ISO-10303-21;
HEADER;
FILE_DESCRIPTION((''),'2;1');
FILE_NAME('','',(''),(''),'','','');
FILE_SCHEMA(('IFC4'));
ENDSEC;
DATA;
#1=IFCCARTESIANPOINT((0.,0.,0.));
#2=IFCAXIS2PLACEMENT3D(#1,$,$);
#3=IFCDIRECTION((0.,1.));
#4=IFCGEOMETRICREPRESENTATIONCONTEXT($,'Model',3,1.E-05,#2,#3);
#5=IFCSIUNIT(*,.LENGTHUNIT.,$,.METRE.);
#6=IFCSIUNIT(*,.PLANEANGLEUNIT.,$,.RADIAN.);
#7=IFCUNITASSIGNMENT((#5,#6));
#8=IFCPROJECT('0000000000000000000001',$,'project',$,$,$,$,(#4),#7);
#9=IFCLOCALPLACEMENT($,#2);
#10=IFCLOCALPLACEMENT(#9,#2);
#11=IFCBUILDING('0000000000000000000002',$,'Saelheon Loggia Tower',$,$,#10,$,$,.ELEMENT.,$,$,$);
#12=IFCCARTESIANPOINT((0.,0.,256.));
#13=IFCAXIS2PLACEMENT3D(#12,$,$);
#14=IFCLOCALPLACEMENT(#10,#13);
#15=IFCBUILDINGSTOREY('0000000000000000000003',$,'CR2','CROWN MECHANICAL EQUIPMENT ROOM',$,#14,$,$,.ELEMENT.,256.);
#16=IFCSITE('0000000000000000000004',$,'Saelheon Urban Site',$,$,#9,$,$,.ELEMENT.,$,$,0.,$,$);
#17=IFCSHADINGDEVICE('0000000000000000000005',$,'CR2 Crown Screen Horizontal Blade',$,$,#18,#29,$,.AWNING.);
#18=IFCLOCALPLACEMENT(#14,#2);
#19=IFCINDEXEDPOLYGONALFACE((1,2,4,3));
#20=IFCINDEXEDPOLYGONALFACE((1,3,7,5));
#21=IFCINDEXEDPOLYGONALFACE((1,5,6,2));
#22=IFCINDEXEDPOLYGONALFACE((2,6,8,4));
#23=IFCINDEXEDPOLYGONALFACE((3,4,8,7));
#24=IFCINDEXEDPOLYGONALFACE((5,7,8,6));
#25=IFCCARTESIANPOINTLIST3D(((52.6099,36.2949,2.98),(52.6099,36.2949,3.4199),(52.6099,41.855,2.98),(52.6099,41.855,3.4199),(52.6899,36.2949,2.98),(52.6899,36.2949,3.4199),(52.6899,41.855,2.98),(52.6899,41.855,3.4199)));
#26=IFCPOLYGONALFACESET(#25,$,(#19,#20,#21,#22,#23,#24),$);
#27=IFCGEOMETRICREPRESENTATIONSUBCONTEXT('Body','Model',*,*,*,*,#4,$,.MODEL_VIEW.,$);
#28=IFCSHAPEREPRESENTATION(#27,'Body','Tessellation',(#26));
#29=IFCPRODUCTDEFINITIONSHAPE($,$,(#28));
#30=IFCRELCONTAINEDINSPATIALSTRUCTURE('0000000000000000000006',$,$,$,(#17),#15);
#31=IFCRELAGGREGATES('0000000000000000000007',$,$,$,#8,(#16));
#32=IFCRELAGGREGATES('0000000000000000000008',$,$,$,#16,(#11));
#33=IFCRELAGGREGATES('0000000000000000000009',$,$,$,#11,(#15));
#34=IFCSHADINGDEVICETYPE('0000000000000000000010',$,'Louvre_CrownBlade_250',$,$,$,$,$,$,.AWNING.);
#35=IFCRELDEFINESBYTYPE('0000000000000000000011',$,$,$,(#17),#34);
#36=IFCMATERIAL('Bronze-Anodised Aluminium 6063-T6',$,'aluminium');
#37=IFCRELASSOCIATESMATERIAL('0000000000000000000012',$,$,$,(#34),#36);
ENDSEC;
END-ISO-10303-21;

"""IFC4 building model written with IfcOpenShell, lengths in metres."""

from ifc_helpers import new_model, si_unit, direction, frame, origin, origin_2d, place, context, subcontext, project, spatial, rectangle, extrude, source, transform, mapped, material, material_profile, profile_set, type_object, element, save


model = new_model("IFC4")

# Units and contexts
model_context = context("Model", 3, precision=1e-05, world=origin(), true_north=direction((0.0, 1.0)))
body_context = subcontext(model_context, "Body", "Model", "MODEL_VIEW")
ifc_project = project(units=[si_unit("LENGTHUNIT", "METRE"), si_unit("PLANEANGLEUNIT", "RADIAN")], contexts=[model_context])

# Site, building, storey
site_placement = place(None, origin())
site = spatial("IfcSite", under=ifc_project, at=site_placement, Name="Saelheon Urban Site", CompositionType="ELEMENT", RefElevation=0.0)
building_placement = place(site_placement, origin())
building = spatial("IfcBuilding", under=site, at=building_placement, Name="Saelheon Loggia Tower", CompositionType="ELEMENT")
storey_placement = place(building_placement, frame((0.0, 0.0, 256.0)))
storey = spatial("IfcBuildingStorey", under=building, at=storey_placement, Name="CR2", Description="CROWN MECHANICAL EQUIPMENT ROOM", CompositionType="ELEMENT", Elevation=256.0)

# Shared definitions
ifc_material_1 = material(Name="Bronze-Anodised Aluminium 6063-T6", Category="aluminium")

# Shading device
ifc_material_profile_1 = material_profile(ifc_material_1, rectangle(XDim=0.0801, YDim=0.4399, at=origin_2d()), Name="Louvre_CrownBlade_250")
ifc_profile_set_1 = profile_set([ifc_material_profile_1], Name="Bronze-Anodised Aluminium 6063-T6")
shading_device_type = type_object("IfcShadingDeviceType", Name="Louvre_CrownBlade_250", PredefinedType="AWNING", material=ifc_profile_set_1)
shared_shape_1 = source(origin(), body_context, "Body", "SweptSolid", [
    extrude(rectangle(XDim=0.0801, YDim=0.4399, at=origin_2d()), origin(), (0.0, 0.0, 1.0), 5.5601),
])
shading_device_placement = place(storey_placement, frame((52.6499, 36.2949, 3.2), z_axis=(0.0, 1.0, 0.0), x_axis=(-1.0, 0.0, 0.0)))
element("IfcShadingDevice", 1, at=shading_device_placement, inside=storey, type_object=shading_device_type, Name="CR2 Crown Screen Horizontal Blade", PredefinedType="AWNING", context=body_context, shape_type="MappedRepresentation", body=[
    mapped(shared_shape_1, transform((0.0, 0.0, 0.0), scale=1.0)),
])

save(model, "model.ifc")
